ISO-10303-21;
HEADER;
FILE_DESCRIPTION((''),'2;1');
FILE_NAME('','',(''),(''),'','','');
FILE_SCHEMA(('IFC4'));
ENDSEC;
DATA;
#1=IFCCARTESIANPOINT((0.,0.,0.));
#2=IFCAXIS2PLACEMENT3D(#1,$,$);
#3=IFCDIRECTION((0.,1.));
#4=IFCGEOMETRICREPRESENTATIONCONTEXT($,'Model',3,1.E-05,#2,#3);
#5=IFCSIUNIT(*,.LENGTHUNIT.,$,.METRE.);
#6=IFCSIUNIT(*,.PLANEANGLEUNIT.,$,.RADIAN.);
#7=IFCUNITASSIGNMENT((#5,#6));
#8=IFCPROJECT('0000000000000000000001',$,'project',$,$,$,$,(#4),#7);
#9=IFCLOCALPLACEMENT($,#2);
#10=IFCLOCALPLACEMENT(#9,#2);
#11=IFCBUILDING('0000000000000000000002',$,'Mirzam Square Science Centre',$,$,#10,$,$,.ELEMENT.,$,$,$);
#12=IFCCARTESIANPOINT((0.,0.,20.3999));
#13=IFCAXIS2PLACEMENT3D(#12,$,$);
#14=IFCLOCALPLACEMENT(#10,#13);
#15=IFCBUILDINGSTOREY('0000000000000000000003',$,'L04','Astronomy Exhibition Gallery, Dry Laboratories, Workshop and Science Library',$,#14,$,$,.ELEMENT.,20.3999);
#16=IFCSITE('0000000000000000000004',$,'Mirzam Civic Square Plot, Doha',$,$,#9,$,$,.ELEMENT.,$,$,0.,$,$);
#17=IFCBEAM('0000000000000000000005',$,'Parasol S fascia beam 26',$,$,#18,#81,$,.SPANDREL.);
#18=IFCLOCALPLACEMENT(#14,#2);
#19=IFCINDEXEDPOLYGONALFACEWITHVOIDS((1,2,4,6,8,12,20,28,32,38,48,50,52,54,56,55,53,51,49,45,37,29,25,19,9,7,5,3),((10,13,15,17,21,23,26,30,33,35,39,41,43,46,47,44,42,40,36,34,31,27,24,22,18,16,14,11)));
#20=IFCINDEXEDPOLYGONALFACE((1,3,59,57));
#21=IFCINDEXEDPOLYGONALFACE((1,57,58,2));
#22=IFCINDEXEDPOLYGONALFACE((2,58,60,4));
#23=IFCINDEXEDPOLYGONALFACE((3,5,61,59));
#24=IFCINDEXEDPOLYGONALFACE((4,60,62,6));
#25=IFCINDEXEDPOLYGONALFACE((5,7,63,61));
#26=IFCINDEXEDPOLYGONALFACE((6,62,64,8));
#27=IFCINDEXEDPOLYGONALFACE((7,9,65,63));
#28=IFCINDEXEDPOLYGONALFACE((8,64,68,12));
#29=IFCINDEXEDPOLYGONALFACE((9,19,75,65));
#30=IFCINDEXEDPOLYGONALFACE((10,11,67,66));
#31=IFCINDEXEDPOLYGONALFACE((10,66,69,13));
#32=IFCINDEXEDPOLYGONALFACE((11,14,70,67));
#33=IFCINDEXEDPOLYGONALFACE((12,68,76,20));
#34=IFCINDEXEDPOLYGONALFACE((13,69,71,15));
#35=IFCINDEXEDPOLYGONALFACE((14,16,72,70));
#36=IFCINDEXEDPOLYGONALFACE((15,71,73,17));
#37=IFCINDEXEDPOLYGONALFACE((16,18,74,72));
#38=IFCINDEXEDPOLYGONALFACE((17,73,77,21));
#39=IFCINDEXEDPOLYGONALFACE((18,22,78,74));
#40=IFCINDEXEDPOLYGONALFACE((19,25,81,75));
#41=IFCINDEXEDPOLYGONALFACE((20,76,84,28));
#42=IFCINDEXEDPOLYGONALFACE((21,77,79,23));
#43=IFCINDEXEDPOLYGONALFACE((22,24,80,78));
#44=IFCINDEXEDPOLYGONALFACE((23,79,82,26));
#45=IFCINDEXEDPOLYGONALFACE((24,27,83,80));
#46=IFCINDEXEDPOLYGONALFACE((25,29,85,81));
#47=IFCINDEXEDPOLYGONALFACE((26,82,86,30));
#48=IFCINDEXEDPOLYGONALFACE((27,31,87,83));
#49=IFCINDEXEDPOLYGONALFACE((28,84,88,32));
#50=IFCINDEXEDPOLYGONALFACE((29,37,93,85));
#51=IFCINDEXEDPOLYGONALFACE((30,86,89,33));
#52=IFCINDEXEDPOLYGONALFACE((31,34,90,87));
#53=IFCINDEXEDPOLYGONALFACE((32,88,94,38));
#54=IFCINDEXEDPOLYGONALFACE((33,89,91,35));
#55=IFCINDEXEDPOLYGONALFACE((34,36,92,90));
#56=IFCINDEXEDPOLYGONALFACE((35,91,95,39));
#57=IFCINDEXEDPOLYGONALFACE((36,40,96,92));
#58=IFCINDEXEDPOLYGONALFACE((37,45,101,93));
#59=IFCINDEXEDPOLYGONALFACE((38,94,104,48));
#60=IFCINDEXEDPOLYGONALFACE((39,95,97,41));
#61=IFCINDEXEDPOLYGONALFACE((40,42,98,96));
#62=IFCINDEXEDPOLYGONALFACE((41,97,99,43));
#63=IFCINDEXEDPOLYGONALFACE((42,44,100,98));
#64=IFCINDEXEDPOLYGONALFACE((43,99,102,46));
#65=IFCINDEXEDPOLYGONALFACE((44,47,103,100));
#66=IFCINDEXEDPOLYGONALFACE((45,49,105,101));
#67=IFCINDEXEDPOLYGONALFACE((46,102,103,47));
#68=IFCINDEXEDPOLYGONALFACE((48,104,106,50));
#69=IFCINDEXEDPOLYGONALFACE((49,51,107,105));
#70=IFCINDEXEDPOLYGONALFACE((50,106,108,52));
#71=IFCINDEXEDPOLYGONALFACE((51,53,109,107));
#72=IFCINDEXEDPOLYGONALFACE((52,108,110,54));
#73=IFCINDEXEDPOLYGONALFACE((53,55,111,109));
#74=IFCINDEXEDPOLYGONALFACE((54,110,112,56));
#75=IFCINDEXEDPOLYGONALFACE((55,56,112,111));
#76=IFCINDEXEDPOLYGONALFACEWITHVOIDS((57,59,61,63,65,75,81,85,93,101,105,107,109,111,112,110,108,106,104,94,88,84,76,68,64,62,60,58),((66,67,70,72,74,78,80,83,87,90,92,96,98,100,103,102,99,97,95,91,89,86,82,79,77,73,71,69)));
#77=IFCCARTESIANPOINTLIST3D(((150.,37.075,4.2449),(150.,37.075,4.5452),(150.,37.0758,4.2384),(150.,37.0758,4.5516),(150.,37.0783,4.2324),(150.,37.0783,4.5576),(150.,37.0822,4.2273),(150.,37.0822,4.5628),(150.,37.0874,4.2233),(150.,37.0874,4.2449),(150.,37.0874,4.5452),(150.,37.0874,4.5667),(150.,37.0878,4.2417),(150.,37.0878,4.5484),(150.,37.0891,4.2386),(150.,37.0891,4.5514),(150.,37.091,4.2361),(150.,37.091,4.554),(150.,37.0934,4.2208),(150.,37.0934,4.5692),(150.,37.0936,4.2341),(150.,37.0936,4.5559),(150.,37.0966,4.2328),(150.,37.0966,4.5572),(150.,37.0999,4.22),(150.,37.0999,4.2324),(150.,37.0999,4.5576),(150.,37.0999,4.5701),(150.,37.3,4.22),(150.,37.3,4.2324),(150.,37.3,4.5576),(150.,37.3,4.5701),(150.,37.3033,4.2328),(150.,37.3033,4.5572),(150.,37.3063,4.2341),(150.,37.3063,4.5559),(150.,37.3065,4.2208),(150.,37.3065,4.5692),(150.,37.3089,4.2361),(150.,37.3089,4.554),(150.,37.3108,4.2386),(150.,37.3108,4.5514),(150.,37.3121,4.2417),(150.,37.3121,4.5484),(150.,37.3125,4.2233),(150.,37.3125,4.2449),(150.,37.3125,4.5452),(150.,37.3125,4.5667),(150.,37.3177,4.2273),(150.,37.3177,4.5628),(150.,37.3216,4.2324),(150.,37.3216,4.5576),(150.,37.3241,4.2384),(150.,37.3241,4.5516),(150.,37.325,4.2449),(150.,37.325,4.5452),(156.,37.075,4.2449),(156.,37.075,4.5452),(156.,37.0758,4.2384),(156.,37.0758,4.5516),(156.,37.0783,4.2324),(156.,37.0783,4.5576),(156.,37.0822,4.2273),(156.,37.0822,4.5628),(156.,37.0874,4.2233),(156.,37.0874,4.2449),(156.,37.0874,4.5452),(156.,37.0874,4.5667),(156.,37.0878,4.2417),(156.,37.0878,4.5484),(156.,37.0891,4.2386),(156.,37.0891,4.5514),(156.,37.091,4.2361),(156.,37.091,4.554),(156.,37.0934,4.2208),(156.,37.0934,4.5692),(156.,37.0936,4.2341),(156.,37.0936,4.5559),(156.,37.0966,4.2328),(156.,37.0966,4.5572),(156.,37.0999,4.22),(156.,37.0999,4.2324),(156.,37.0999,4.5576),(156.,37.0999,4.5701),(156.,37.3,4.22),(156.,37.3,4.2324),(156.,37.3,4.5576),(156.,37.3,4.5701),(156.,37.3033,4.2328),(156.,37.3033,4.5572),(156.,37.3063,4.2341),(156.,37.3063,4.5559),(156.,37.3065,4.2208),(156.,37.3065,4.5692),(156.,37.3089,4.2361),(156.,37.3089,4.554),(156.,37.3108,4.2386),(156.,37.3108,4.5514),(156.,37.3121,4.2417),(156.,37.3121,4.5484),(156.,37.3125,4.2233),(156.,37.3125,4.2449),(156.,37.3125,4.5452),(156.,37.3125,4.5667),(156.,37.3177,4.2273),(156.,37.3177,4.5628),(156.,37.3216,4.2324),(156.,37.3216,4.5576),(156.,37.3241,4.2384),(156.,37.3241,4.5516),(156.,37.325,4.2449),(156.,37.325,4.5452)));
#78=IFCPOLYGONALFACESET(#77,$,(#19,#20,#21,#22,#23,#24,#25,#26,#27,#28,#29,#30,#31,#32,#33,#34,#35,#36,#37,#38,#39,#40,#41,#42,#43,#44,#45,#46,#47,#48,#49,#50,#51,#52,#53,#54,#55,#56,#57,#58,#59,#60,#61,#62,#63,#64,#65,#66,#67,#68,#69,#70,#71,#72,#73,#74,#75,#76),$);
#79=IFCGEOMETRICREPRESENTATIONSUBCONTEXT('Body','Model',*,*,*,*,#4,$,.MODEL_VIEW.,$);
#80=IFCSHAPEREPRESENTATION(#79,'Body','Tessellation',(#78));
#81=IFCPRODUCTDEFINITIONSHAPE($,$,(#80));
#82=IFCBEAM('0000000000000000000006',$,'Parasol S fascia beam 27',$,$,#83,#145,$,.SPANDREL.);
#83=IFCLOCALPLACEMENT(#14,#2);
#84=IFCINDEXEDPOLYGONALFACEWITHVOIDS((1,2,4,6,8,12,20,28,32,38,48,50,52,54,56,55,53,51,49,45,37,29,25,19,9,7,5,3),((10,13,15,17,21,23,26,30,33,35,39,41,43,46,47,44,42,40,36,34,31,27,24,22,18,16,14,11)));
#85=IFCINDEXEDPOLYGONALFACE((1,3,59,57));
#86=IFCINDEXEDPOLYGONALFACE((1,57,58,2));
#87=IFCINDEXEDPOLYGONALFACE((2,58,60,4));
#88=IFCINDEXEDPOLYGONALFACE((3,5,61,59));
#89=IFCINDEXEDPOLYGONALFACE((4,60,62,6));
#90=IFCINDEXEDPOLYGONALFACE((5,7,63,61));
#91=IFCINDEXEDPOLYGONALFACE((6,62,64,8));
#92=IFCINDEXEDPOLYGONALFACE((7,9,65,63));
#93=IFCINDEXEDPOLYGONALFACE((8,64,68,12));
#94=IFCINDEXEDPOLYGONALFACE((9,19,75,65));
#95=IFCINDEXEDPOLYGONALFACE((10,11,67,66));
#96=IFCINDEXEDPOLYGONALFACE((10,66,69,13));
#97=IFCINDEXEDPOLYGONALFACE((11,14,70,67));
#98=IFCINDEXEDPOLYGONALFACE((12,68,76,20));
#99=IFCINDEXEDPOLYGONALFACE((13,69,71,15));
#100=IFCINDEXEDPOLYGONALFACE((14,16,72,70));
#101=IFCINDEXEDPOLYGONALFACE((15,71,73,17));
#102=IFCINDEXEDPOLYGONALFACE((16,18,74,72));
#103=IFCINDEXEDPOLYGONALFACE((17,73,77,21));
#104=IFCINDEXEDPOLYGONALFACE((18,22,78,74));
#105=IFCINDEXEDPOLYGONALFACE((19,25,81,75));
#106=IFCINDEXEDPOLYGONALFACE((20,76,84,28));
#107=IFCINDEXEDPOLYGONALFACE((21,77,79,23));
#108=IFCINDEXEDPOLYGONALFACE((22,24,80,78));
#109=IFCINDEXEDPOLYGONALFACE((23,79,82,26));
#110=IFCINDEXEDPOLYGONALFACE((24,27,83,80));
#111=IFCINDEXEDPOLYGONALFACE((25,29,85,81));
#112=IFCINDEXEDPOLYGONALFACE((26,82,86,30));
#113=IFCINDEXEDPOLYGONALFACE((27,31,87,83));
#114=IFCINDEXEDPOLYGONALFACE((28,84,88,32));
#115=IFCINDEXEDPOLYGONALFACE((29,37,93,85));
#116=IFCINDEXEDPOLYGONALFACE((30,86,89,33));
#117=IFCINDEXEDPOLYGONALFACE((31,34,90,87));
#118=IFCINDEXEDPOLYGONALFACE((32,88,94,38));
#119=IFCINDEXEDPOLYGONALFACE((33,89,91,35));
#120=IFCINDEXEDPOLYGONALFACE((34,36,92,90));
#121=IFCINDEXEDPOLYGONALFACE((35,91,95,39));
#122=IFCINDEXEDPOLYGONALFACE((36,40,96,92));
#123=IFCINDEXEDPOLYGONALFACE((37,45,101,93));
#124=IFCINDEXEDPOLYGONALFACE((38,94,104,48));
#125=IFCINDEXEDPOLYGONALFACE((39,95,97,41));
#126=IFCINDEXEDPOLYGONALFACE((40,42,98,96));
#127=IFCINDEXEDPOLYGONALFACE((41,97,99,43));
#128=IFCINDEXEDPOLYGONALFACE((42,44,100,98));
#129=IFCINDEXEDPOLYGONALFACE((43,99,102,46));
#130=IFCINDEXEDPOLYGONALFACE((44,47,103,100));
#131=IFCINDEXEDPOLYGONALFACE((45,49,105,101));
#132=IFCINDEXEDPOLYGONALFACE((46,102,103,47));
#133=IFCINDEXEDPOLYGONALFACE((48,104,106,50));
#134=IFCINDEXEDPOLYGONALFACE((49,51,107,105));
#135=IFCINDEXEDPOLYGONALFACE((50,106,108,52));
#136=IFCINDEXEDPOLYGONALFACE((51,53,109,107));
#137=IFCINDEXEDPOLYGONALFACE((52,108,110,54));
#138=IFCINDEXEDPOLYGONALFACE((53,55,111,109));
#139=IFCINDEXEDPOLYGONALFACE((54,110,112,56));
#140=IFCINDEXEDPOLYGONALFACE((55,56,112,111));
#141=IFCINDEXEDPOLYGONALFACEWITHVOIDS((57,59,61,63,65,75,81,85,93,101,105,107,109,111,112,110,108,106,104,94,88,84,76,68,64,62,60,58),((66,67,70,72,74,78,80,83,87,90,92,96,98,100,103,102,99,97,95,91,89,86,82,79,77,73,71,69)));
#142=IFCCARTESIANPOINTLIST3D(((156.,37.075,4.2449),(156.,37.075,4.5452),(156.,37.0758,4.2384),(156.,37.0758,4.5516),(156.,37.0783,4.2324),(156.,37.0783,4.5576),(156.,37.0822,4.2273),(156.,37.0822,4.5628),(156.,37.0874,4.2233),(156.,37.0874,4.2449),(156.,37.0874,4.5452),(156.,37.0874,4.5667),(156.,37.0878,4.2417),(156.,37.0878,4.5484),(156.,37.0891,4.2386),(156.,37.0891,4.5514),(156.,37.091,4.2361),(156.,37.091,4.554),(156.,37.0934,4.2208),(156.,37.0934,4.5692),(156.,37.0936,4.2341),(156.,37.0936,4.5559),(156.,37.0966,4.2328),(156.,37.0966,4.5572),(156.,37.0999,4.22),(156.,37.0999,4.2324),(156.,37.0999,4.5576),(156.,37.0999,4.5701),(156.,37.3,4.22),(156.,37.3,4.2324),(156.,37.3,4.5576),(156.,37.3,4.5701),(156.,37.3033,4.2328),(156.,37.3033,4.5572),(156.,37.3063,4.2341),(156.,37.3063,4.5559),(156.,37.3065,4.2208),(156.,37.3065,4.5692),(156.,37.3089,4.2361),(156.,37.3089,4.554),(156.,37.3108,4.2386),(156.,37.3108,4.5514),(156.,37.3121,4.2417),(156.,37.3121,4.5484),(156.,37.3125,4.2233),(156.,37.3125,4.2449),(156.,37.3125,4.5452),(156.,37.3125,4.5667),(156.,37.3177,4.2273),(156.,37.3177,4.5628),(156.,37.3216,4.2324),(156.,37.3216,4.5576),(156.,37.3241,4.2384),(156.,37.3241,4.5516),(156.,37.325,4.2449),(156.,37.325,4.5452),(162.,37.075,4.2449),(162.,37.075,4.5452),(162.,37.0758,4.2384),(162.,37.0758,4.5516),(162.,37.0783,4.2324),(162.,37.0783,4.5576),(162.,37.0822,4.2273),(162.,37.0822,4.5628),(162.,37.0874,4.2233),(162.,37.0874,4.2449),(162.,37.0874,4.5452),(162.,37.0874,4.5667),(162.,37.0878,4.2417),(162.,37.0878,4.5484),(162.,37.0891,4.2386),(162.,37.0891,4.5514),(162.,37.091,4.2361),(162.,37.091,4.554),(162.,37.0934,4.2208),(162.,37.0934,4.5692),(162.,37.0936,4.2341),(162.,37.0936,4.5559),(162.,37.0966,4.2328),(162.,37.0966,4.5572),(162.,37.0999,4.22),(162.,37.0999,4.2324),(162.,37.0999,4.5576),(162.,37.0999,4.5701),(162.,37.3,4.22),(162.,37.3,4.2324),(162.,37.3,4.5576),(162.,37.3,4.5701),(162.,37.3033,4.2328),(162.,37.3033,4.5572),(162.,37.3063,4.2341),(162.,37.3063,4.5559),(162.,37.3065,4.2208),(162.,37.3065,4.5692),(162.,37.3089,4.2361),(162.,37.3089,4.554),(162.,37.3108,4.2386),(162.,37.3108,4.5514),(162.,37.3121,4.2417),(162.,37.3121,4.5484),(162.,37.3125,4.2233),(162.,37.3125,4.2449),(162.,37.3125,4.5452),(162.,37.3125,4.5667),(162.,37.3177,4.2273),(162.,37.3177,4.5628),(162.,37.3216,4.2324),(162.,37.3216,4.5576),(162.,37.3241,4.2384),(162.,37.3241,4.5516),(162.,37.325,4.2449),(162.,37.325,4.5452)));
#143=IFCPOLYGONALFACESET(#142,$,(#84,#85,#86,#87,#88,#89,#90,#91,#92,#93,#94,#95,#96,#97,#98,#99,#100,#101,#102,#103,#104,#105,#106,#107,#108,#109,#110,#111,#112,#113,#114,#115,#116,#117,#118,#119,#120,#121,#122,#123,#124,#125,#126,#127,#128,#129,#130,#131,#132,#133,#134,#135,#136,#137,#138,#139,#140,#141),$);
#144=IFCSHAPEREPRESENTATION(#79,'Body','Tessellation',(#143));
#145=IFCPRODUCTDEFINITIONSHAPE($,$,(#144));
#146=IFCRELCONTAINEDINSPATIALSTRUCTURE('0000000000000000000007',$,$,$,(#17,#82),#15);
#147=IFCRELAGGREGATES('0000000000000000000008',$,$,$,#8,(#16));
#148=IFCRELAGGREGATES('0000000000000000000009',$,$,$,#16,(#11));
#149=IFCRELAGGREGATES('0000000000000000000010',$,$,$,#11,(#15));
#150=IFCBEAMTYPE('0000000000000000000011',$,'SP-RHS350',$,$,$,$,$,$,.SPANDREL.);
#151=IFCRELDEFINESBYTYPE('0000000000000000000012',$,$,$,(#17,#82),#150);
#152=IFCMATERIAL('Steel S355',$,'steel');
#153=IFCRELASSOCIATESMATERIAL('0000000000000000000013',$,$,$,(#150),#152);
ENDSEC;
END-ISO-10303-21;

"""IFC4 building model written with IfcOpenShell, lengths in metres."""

from ifc_helpers import new_model, si_unit, direction, frame, origin, origin_2d, place, context, subcontext, project, spatial, hollow_rectangle, extrude, material, material_profile, profile_set, type_object, element, save


model = new_model("IFC4")

# Units and contexts
model_context = context("Model", 3, precision=1e-05, world=origin(), true_north=direction((0.0, 1.0)))
body_context = subcontext(model_context, "Body", "Model", "MODEL_VIEW")
ifc_project = project(units=[si_unit("LENGTHUNIT", "METRE"), si_unit("PLANEANGLEUNIT", "RADIAN")], contexts=[model_context])

# Site, building, storey
site_placement = place(None, origin())
site = spatial("IfcSite", under=ifc_project, at=site_placement, Name="Mirzam Civic Square Plot, Doha", CompositionType="ELEMENT", RefElevation=0.0)
building_placement = place(site_placement, origin())
building = spatial("IfcBuilding", under=site, at=building_placement, Name="Mirzam Square Science Centre", CompositionType="ELEMENT")
storey_placement = place(building_placement, frame((0.0, 0.0, 20.3999)))
storey = spatial("IfcBuildingStorey", under=building, at=storey_placement, Name="L04", Description="Astronomy Exhibition Gallery, Dry Laboratories, Workshop and Science Library", CompositionType="ELEMENT", Elevation=20.3999)

# Shared definitions
ifc_material_1 = material(Name="Steel S355", Category="steel")

# Beams
ifc_material_profile_1 = material_profile(ifc_material_1, hollow_rectangle(XDim=0.25, YDim=0.3501, WallThickness=0.0125, InnerFilletRadius=0.0125, OuterFilletRadius=0.0249, at=origin_2d()), Name="350x250x12.5RHS")
ifc_profile_set_1 = profile_set([ifc_material_profile_1], Name="Steel S355")
beam_type_1 = type_object("IfcBeamType", Name="SP-RHS350", PredefinedType="SPANDREL", material=ifc_profile_set_1)
for number, where, z_axis, x_axis, name in (
    (1, (150.0, 37.2, 4.395), (1.0, 0.0, 0.0), (0.0, 1.0, 0.0), "Parasol S fascia beam 26"),
    (2, (156.0, 37.2, 4.395), (1.0, 0.0, 0.0), (0.0, 1.0, 0.0), "Parasol S fascia beam 27"),
):
    element("IfcBeam", number, at=place(storey_placement, frame(where, z_axis=z_axis, x_axis=x_axis)), inside=storey, type_object=beam_type_1, Name=name, PredefinedType="SPANDREL", context=body_context, shape_type="SweptSolid", body=[
        extrude(hollow_rectangle(XDim=0.25, YDim=0.3501, WallThickness=0.0125, InnerFilletRadius=0.0125, OuterFilletRadius=0.0249, at=origin_2d()), origin(), (0.0, 0.0, 1.0), 6.0),
    ])

save(model, "model.ifc")
